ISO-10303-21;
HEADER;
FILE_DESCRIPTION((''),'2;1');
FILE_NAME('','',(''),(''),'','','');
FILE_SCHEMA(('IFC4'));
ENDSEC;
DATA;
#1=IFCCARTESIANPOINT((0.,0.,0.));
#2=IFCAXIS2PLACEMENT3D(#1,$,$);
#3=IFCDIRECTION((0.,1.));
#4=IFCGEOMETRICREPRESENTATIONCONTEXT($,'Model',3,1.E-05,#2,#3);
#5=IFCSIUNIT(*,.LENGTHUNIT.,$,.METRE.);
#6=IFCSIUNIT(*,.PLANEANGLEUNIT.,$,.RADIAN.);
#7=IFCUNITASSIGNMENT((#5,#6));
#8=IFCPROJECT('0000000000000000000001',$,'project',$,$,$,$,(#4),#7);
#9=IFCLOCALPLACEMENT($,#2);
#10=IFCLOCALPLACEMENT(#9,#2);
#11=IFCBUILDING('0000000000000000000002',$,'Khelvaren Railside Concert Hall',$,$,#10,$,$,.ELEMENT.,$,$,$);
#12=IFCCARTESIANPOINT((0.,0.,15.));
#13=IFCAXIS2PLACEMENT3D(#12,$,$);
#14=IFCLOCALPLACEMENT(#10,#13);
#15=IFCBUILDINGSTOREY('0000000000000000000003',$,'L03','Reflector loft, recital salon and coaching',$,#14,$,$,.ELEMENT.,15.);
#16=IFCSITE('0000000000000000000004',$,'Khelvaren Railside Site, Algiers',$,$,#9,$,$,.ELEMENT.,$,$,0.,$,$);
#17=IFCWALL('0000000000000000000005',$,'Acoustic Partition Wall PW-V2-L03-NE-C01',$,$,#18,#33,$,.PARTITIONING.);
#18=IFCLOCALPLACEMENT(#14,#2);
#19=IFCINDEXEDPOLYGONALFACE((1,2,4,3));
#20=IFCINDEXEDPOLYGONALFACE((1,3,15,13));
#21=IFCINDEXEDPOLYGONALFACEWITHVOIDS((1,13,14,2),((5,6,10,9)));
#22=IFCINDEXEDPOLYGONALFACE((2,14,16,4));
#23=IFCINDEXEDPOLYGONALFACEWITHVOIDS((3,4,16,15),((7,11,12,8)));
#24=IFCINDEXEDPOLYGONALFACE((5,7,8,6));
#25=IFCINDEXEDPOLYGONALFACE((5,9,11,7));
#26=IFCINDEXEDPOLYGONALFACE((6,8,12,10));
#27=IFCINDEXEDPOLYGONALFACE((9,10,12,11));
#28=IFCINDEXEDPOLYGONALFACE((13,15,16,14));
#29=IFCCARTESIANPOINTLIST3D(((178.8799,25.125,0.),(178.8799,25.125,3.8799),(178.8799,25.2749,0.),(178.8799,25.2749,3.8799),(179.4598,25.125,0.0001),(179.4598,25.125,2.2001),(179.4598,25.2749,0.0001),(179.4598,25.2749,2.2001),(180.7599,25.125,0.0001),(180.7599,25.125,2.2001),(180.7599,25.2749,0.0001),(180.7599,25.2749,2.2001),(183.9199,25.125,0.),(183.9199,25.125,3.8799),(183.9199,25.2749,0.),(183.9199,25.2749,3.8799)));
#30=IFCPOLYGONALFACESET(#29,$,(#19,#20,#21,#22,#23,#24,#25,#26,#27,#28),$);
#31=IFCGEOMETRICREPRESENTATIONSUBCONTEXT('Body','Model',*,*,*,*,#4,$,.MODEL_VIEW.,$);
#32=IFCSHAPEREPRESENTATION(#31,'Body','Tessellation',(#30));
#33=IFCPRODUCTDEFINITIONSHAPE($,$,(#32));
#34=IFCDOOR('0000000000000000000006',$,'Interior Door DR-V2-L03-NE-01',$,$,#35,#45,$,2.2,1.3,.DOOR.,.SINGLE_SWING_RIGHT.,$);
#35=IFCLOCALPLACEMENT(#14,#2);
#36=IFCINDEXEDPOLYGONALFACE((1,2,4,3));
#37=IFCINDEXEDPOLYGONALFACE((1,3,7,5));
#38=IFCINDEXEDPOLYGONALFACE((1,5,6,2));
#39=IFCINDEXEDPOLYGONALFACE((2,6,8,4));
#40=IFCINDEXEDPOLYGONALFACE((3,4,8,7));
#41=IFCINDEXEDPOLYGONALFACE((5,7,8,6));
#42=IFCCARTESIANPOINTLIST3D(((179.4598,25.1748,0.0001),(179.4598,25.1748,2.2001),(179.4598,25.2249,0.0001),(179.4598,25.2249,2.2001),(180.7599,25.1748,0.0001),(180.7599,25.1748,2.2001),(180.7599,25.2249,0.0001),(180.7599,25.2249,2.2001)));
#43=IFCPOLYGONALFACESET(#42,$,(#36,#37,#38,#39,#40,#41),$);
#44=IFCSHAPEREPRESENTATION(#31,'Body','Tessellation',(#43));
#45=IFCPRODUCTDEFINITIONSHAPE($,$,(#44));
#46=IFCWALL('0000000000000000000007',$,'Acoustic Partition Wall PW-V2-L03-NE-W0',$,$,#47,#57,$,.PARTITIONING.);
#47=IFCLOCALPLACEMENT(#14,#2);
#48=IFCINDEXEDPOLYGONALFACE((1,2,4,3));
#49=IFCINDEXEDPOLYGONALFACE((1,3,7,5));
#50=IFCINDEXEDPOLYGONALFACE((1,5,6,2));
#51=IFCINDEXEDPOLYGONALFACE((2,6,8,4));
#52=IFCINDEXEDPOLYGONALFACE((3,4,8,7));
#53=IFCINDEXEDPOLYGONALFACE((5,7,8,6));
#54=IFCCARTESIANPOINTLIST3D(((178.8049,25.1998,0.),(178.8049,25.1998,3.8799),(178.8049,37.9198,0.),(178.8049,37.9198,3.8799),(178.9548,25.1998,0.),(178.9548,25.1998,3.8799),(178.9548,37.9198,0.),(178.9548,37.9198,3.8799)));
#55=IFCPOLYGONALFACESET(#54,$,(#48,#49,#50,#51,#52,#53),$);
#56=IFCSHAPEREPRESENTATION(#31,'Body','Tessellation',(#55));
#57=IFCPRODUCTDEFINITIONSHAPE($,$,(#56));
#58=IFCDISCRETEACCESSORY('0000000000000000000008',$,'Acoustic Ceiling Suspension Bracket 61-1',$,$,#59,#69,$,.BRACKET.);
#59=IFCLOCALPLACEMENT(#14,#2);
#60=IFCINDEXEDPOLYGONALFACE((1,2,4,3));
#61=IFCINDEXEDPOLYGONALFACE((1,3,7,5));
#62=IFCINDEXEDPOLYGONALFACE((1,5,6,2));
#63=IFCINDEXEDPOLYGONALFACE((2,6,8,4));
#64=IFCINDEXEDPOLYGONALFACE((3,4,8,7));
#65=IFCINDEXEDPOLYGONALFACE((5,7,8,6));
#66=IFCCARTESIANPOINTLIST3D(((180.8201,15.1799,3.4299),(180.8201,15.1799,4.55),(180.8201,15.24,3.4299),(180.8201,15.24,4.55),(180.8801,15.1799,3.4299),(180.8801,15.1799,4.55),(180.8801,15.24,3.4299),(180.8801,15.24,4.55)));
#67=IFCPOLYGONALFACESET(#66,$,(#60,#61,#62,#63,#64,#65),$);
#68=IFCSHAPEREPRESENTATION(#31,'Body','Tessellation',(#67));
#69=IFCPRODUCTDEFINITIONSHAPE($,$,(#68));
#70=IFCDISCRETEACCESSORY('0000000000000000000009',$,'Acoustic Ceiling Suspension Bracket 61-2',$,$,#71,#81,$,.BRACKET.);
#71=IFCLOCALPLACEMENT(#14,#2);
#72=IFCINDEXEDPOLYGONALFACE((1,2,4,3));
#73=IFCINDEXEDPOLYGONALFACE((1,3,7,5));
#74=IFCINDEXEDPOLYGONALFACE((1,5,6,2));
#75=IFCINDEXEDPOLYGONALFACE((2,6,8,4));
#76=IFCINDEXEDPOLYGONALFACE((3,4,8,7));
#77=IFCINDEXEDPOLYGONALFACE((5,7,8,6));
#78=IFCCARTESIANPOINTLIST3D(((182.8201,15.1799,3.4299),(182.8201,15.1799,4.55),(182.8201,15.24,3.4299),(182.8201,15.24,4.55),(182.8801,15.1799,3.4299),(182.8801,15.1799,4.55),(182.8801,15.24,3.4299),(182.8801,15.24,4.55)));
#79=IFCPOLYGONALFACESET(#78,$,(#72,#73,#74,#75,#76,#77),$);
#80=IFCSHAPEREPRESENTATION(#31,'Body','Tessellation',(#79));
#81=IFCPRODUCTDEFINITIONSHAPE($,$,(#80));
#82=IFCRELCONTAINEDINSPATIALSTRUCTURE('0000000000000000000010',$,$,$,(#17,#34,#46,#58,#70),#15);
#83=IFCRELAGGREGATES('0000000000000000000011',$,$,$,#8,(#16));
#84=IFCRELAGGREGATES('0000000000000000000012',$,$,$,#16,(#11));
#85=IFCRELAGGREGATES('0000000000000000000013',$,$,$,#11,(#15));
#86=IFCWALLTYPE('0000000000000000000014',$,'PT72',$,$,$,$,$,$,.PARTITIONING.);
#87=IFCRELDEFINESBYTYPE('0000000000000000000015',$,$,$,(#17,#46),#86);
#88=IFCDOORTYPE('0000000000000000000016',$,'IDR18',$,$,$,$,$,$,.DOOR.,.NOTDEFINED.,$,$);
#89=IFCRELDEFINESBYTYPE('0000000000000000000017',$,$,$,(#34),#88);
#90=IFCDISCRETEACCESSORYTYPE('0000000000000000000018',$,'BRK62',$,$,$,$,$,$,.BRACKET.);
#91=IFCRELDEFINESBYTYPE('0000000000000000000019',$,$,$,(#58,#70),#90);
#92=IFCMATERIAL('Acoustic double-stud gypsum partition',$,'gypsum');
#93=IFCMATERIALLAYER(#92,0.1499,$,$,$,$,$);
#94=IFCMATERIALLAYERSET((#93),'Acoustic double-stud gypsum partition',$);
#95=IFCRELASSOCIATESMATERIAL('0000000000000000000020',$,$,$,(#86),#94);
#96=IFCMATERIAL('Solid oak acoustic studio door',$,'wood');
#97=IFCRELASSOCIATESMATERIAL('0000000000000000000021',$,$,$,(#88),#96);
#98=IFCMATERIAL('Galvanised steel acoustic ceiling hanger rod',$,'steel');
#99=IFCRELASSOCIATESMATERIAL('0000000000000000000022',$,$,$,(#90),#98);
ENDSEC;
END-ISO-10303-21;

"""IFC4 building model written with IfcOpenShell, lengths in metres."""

from ifc_helpers import new_model, si_unit, direction, frame, frame_2d, origin, origin_2d, place, context, subcontext, project, spatial, rectangle, extrude, material, layer, layer_set, type_object, element, fill, save


model = new_model("IFC4")

# Units and contexts
model_context = context("Model", 3, precision=1e-05, world=origin(), true_north=direction((0.0, 1.0)))
body_context = subcontext(model_context, "Body", "Model", "MODEL_VIEW")
ifc_project = project(units=[si_unit("LENGTHUNIT", "METRE"), si_unit("PLANEANGLEUNIT", "RADIAN")], contexts=[model_context])

# Site, building, storey
site_placement = place(None, origin())
site = spatial("IfcSite", under=ifc_project, at=site_placement, Name="Khelvaren Railside Site, Algiers", CompositionType="ELEMENT", RefElevation=0.0)
building_placement = place(site_placement, origin())
building = spatial("IfcBuilding", under=site, at=building_placement, Name="Khelvaren Railside Concert Hall", CompositionType="ELEMENT")
storey_placement = place(building_placement, frame((0.0, 0.0, 15.0)))
storey = spatial("IfcBuildingStorey", under=building, at=storey_placement, Name="L03", Description="Reflector loft, recital salon and coaching", CompositionType="ELEMENT", Elevation=15.0)

# Shared definitions
ifc_material_1 = material(Name="Acoustic double-stud gypsum partition", Category="gypsum")
ifc_layer_1 = layer(ifc_material_1, 0.1499)
ifc_layer_set_1 = layer_set([ifc_layer_1], Name="Acoustic double-stud gypsum partition")
wall_type = type_object("IfcWallType", Name="PT72", PredefinedType="PARTITIONING", material=ifc_layer_set_1)

# Wall, opening, door
wall_1_placement = place(storey_placement, frame((178.8799, 25.2, 0.0), z_axis=(0.0, 0.0, 1.0), x_axis=(1.0, 0.0, 0.0)))
wall_1 = element("IfcWall", 1, at=wall_1_placement, inside=storey, type_object=wall_type, Name="Acoustic Partition Wall PW-V2-L03-NE-C01", PredefinedType="PARTITIONING", context=body_context, shape_type="SweptSolid", body=[
    extrude(rectangle(XDim=5.04, YDim=0.1499, at=frame_2d((2.52, 0.0))), origin(), (0.0, 0.0, 1.0), 3.8799),
])
opening_placement = place(wall_1_placement, frame((0.5801, 0.0, 0.0)))
opening = element("IfcOpeningElement", 2, at=opening_placement, cuts=wall_1, PredefinedType="OPENING", context=body_context, shape_type="SweptSolid", body=[
    extrude(rectangle(XDim=1.3, YDim=2.2, at=frame_2d((0.6499, 1.1001))), frame((0.0, 0.085, 0.0), z_axis=(0.0, -1.0, 0.0), x_axis=(1.0, 0.0, 0.0)), (0.0, 0.0, 1.0), 0.1699),
])
ifc_material_2 = material(Name="Solid oak acoustic studio door", Category="wood")
door_type = type_object("IfcDoorType", Name="IDR18", OperationType="NOTDEFINED", PredefinedType="DOOR", material=ifc_material_2)
door_placement = place(opening_placement, origin())
door = element("IfcDoor", 3, at=door_placement, inside=storey, type_object=door_type, Name="Interior Door DR-V2-L03-NE-01", OperationType="SINGLE_SWING_RIGHT", OverallHeight=2.2, OverallWidth=1.3, PredefinedType="DOOR", context=body_context, shape_type="SweptSolid", body=[
    extrude(rectangle(XDim=1.3, YDim=2.2, at=frame_2d((0.6499, 1.1001))), frame((0.0, 0.0249, 0.0), z_axis=(0.0, -1.0, 0.0), x_axis=(1.0, 0.0, 0.0)), (0.0, 0.0, 1.0), 0.05),
])
fill(opening, door)

# Wall
wall_2_placement = place(storey_placement, frame((178.8799, 25.2, 0.0), z_axis=(0.0, 0.0, 1.0), x_axis=(0.0, 1.0, 0.0)))
element("IfcWall", 4, at=wall_2_placement, inside=storey, type_object=wall_type, Name="Acoustic Partition Wall PW-V2-L03-NE-W0", PredefinedType="PARTITIONING", context=body_context, shape_type="SweptSolid", body=[
    extrude(rectangle(XDim=12.72, YDim=0.1499, at=frame_2d((6.3599, 0.0))), origin(), (0.0, 0.0, 1.0), 3.8799),
])

# Discrete accessories
ifc_material_3 = material(Name="Galvanised steel acoustic ceiling hanger rod", Category="steel")
discrete_accessory_type = type_object("IfcDiscreteAccessoryType", Name="BRK62", PredefinedType="BRACKET", material=ifc_material_3)
for number, where, z_axis, x_axis, name in (
    (5, (180.8501, 15.21, 3.4299), (0.0, 0.0, 1.0), (1.0, 0.0, 0.0), "Acoustic Ceiling Suspension Bracket 61-1"),
    (6, (182.8501, 15.21, 3.4299), (0.0, 0.0, 1.0), (1.0, 0.0, 0.0), "Acoustic Ceiling Suspension Bracket 61-2"),
):
    element("IfcDiscreteAccessory", number, at=place(storey_placement, frame(where, z_axis=z_axis, x_axis=x_axis)), inside=storey, type_object=discrete_accessory_type, Name=name, PredefinedType="BRACKET", context=body_context, shape_type="SweptSolid", body=[
        extrude(rectangle(XDim=0.0601, YDim=0.0601, at=origin_2d()), origin(), (0.0, 0.0, 1.0), 1.1201),
    ])

save(model, "model.ifc")
